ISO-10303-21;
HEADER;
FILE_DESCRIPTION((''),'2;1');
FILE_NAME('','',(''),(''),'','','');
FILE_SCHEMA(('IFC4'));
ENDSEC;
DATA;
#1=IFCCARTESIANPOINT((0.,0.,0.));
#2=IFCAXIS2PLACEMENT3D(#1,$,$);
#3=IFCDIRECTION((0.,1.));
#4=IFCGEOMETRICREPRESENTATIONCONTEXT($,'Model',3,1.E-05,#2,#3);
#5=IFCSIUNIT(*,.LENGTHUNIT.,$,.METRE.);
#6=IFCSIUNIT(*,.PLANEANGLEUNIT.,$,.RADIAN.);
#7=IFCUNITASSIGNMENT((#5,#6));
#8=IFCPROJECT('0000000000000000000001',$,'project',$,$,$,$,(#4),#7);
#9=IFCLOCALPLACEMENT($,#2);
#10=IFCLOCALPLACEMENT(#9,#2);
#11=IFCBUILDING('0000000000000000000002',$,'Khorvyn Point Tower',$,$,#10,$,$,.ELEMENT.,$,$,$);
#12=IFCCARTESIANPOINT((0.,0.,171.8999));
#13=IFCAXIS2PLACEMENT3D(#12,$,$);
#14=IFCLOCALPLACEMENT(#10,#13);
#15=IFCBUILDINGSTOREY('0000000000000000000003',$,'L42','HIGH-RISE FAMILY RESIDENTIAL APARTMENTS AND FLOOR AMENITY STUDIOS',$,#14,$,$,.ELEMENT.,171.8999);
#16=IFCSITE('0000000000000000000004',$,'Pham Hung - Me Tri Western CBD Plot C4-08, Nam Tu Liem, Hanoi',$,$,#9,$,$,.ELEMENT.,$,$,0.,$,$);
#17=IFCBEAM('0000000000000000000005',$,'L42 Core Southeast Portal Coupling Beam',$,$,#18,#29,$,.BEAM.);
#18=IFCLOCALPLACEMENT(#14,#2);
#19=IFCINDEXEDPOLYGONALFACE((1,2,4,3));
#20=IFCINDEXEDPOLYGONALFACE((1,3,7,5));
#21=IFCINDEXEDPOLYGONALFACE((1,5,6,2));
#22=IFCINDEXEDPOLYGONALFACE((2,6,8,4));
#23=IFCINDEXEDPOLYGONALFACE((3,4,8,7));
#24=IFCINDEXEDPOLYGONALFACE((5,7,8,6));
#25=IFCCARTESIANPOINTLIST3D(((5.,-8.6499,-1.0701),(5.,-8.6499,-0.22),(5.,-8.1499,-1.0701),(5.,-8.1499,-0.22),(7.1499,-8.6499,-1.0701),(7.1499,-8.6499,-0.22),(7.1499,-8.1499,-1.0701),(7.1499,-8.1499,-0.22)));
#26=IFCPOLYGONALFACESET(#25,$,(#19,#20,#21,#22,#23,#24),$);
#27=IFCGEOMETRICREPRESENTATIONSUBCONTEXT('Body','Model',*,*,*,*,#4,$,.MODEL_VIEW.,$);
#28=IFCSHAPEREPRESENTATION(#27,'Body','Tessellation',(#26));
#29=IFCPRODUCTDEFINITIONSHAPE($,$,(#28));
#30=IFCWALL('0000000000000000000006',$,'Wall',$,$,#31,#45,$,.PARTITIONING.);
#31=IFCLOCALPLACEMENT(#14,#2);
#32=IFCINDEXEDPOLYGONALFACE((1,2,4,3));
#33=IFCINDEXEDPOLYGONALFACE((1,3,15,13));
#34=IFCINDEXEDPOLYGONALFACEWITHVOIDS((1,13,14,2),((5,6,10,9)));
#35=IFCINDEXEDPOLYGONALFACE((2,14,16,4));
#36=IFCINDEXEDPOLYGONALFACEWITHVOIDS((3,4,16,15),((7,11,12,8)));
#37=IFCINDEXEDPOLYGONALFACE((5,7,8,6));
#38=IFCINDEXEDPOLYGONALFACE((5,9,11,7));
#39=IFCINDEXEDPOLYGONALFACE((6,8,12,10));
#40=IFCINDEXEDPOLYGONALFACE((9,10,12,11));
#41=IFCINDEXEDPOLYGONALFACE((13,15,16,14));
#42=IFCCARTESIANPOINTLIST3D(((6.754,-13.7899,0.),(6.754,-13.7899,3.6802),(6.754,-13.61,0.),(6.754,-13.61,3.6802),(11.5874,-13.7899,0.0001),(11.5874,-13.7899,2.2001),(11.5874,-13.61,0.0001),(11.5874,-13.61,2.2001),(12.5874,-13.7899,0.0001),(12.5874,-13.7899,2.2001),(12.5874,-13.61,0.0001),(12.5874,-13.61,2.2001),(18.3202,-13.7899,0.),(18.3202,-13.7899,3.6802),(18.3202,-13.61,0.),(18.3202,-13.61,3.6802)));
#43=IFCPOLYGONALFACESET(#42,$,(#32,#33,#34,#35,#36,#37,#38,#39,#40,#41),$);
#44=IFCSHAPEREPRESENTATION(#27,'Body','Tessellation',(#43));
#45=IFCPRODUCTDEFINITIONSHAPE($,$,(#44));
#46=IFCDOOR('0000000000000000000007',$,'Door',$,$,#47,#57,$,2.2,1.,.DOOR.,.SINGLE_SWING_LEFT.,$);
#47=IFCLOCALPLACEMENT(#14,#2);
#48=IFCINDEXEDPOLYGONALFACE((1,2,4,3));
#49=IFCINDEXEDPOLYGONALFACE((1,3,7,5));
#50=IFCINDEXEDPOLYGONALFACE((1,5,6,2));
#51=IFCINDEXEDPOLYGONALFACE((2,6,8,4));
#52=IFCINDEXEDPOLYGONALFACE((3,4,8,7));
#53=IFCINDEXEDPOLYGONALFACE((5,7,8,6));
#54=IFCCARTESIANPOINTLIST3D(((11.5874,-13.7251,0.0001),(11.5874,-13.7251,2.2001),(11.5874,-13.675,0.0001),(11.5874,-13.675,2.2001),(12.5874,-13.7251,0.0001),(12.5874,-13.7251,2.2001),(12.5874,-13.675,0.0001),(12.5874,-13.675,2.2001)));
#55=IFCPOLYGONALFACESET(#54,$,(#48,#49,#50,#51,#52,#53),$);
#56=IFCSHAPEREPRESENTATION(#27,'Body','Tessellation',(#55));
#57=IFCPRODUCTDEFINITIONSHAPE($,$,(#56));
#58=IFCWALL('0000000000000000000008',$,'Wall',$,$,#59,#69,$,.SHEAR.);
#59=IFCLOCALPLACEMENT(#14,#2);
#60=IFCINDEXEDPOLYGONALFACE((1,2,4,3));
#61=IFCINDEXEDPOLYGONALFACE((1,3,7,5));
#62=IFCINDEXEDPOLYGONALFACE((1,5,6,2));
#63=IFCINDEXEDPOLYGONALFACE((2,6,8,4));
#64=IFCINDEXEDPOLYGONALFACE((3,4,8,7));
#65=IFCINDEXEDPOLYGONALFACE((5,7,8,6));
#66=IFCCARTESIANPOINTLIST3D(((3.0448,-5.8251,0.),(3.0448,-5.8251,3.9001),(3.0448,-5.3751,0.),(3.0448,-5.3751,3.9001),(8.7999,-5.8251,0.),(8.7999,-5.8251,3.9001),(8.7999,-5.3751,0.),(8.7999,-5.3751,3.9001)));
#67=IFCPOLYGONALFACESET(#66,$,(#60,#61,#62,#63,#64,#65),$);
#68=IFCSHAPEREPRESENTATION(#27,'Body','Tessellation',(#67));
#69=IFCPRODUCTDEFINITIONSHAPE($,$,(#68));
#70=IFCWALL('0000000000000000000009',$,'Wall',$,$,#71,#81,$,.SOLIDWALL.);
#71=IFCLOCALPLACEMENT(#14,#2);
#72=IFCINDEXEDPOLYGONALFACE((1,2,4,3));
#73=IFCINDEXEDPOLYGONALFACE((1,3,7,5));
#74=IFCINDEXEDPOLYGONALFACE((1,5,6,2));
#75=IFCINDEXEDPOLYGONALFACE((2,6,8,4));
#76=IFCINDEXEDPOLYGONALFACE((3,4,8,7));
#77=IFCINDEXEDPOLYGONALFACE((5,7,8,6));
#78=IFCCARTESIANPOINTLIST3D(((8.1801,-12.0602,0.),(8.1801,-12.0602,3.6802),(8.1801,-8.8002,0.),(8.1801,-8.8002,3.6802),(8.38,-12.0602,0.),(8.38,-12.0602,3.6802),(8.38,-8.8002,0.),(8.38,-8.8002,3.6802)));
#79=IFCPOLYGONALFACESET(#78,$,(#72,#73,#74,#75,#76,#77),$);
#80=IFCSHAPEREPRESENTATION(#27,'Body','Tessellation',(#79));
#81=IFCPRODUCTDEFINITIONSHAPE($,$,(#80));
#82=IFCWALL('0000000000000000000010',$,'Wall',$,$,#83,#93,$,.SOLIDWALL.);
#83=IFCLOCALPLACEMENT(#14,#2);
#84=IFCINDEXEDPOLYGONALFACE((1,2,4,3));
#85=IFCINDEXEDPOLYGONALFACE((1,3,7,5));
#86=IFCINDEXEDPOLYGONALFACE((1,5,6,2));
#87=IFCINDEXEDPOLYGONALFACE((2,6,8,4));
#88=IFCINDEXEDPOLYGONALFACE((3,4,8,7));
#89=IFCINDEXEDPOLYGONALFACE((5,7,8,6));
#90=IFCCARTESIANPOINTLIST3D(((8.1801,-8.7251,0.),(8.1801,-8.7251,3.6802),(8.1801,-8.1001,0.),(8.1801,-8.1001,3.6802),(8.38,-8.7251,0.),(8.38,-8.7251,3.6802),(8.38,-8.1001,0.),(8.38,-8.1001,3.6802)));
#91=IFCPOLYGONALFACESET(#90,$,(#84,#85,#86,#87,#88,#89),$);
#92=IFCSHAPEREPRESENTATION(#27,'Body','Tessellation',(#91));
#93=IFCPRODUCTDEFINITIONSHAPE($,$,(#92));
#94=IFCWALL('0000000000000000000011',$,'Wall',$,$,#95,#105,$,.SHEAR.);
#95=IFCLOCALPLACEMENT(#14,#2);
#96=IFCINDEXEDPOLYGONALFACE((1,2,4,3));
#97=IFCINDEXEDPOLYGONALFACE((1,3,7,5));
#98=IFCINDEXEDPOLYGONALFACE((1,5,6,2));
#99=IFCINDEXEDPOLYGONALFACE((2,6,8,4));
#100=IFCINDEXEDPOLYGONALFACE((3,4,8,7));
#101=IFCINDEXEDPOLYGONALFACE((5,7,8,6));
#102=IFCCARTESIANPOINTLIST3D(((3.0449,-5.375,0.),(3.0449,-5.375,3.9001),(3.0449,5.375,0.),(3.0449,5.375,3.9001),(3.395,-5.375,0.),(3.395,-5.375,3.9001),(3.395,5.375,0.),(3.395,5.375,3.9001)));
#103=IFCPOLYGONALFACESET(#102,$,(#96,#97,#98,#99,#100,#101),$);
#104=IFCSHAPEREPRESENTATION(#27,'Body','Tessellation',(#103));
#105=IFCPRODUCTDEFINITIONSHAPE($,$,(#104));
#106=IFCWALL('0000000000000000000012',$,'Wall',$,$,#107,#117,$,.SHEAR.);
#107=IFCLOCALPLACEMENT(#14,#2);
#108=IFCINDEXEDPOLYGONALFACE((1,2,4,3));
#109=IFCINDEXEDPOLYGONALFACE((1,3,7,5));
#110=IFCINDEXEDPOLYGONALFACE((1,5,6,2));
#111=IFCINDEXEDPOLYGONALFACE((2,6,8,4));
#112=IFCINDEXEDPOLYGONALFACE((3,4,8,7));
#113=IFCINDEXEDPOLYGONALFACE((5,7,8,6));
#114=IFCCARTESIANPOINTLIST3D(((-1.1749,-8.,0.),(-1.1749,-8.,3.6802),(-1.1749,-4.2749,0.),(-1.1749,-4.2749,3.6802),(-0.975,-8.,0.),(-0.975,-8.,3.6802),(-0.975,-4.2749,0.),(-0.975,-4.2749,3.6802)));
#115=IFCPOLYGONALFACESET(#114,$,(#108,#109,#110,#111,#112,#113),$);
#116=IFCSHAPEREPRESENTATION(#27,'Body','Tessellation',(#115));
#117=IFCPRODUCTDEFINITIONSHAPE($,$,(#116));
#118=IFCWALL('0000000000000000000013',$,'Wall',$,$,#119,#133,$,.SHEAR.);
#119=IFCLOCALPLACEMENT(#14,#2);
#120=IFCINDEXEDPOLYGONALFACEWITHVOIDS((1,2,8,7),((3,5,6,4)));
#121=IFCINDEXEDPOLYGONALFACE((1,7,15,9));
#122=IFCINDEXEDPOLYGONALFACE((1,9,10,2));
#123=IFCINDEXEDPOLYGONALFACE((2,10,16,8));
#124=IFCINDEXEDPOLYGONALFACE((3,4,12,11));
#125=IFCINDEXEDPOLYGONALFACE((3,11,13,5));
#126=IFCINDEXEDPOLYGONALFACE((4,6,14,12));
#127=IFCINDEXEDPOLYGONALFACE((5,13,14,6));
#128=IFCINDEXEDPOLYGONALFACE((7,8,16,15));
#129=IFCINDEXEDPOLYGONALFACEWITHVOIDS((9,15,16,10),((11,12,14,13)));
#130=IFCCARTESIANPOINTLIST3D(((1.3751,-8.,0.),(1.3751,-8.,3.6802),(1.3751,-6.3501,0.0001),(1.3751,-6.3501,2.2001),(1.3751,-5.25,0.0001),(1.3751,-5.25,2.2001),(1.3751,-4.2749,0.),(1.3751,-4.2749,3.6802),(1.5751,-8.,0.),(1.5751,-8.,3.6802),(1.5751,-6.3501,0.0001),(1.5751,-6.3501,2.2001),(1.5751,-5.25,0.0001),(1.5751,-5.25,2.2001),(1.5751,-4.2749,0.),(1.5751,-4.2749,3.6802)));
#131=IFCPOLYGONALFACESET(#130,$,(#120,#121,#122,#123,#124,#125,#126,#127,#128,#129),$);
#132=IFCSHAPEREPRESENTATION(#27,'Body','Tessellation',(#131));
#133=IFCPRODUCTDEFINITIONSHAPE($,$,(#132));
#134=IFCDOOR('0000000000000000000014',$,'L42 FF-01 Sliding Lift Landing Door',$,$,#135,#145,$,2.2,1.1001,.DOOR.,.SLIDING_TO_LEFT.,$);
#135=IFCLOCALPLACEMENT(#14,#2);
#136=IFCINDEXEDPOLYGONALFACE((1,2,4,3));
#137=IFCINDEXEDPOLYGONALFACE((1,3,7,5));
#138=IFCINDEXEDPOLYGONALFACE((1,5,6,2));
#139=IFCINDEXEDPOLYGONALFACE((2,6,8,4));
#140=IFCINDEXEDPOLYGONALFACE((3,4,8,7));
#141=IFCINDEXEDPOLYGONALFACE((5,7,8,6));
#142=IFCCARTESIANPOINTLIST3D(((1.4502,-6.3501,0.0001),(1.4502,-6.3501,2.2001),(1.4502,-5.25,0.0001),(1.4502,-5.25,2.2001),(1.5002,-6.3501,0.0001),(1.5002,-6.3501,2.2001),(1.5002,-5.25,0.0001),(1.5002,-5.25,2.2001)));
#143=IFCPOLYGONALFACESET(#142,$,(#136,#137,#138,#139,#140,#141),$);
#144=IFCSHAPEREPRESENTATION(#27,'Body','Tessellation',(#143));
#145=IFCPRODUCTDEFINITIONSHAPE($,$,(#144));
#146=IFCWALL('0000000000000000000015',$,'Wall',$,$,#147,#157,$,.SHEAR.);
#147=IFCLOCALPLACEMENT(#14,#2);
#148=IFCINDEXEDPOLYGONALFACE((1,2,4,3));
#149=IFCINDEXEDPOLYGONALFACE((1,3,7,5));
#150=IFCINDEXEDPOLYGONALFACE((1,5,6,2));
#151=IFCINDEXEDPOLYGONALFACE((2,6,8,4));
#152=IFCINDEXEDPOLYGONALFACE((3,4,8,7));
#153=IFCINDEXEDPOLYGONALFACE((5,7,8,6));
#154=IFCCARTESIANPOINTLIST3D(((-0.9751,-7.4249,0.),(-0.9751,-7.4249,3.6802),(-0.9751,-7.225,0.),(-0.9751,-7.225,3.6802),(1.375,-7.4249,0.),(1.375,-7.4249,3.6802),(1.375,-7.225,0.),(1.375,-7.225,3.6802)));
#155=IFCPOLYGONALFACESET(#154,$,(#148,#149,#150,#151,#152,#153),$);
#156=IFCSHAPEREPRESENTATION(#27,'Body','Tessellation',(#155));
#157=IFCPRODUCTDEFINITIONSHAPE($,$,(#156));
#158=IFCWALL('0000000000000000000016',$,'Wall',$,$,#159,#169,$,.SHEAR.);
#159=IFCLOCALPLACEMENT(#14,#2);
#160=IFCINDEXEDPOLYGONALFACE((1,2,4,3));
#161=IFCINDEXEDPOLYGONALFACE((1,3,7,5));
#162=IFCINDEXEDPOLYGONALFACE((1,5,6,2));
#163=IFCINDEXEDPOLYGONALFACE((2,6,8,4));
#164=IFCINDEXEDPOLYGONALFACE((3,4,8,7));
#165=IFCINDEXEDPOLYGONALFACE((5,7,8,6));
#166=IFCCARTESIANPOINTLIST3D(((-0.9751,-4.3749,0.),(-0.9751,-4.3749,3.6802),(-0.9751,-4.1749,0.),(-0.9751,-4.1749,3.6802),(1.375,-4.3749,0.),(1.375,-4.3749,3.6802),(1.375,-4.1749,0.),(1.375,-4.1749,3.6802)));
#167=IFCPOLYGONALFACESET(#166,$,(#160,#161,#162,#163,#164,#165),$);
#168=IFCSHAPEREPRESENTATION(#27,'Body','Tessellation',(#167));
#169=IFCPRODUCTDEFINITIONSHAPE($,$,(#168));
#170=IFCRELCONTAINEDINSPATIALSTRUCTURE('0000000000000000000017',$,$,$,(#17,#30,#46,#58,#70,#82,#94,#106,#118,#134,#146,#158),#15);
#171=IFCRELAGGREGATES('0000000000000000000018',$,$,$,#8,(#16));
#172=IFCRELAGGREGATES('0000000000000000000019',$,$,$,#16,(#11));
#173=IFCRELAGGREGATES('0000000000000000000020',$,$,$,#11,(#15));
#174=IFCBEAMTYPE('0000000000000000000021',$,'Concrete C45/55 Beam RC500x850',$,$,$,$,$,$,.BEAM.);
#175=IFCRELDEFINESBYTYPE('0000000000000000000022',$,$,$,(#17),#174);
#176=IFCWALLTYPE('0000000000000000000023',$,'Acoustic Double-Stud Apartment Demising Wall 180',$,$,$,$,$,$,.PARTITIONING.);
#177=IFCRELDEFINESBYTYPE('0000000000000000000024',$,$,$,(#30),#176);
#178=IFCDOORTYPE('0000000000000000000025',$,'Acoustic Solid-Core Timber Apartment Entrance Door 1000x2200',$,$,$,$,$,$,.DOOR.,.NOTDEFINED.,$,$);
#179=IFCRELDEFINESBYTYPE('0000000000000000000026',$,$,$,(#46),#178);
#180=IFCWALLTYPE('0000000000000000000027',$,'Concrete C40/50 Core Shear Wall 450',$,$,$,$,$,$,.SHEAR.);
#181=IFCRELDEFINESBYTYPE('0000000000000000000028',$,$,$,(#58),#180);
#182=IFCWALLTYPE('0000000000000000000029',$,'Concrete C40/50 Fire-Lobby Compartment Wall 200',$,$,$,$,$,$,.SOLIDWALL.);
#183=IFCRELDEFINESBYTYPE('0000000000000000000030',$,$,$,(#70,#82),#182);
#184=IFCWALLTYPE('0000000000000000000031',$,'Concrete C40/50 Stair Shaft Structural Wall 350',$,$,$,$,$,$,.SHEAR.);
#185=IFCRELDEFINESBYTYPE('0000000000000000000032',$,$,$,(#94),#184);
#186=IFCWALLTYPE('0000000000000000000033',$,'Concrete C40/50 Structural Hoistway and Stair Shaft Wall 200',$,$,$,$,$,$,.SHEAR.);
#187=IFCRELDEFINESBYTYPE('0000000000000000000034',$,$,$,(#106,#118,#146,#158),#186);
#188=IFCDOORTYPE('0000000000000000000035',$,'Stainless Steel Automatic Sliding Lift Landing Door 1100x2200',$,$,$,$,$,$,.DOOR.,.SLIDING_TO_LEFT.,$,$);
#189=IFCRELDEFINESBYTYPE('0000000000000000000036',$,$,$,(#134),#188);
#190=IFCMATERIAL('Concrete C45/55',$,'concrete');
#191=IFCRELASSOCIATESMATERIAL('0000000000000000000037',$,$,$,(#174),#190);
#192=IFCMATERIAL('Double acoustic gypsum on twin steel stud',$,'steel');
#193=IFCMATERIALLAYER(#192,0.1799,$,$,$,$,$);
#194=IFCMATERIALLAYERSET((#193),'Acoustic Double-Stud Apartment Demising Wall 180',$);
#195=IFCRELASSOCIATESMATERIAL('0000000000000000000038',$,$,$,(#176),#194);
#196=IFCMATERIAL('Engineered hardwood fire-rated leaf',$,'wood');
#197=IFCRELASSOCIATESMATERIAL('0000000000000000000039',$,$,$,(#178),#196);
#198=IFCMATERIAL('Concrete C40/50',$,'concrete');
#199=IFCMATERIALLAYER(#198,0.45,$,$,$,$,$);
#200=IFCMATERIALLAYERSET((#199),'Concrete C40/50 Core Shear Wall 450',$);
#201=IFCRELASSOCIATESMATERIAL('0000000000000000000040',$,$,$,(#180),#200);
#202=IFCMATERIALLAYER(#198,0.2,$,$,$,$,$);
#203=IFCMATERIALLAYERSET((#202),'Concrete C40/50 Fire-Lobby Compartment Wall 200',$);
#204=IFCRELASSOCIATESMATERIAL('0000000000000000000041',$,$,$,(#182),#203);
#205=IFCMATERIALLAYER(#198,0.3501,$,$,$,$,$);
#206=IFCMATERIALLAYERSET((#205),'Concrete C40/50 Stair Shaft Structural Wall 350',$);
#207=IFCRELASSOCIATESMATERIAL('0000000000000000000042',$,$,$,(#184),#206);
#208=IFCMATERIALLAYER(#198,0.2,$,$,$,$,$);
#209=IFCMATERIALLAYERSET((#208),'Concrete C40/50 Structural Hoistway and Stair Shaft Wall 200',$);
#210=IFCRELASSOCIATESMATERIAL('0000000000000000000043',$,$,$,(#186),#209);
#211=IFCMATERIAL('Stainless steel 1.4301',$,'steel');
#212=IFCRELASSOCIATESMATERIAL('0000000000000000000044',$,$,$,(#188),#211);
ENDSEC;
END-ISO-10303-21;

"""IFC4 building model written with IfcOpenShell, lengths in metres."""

from ifc_helpers import new_model, si_unit, direction, frame, frame_2d, origin, origin_2d, place, context, subcontext, project, spatial, rectangle, extrude, material, layer, layer_set, material_profile, profile_set, type_object, element, fill, save


model = new_model("IFC4")

# Units and contexts
model_context = context("Model", 3, precision=1e-05, world=origin(), true_north=direction((0.0, 1.0)))
body_context = subcontext(model_context, "Body", "Model", "MODEL_VIEW")
ifc_project = project(units=[si_unit("LENGTHUNIT", "METRE"), si_unit("PLANEANGLEUNIT", "RADIAN")], contexts=[model_context])

# Site, building, storey
site_placement = place(None, origin())
site = spatial("IfcSite", under=ifc_project, at=site_placement, Name="Pham Hung - Me Tri Western CBD Plot C4-08, Nam Tu Liem, Hanoi", CompositionType="ELEMENT", RefElevation=0.0)
building_placement = place(site_placement, origin())
building = spatial("IfcBuilding", under=site, at=building_placement, Name="Khorvyn Point Tower", CompositionType="ELEMENT")
storey_placement = place(building_placement, frame((0.0, 0.0, 171.8999)))
storey = spatial("IfcBuildingStorey", under=building, at=storey_placement, Name="L42", Description="HIGH-RISE FAMILY RESIDENTIAL APARTMENTS AND FLOOR AMENITY STUDIOS", CompositionType="ELEMENT", Elevation=171.8999)

# Beam
ifc_material_1 = material(Name="Concrete C45/55", Category="concrete")
ifc_material_profile = material_profile(ifc_material_1, rectangle(XDim=0.5, YDim=0.8501, at=origin_2d()))
ifc_profile_set = profile_set([ifc_material_profile], Name="Concrete C45/55 RC500x850")
beam_type = type_object("IfcBeamType", Name="Concrete C45/55 Beam RC500x850", PredefinedType="BEAM", material=ifc_profile_set)
beam_placement = place(storey_placement, frame((5.0, -8.3999, -0.645), z_axis=(1.0, 0.0, 0.0), x_axis=(0.0, 1.0, 0.0)))
element("IfcBeam", 1, at=beam_placement, inside=storey, type_object=beam_type, Name="L42 Core Southeast Portal Coupling Beam", PredefinedType="BEAM", context=body_context, shape_type="SweptSolid", body=[
    extrude(rectangle(XDim=0.5, YDim=0.8501, at=origin_2d()), origin(), (0.0, 0.0, 1.0), 2.1499),
])

# Wall, opening, door
ifc_material_2 = material(Name="Double acoustic gypsum on twin steel stud", Category="steel")
ifc_layer_1 = layer(ifc_material_2, 0.1799)
ifc_layer_set_1 = layer_set([ifc_layer_1], Name="Acoustic Double-Stud Apartment Demising Wall 180")
wall_type_1 = type_object("IfcWallType", Name="Acoustic Double-Stud Apartment Demising Wall 180", PredefinedType="PARTITIONING", material=ifc_layer_set_1)
wall_1_placement = place(storey_placement, frame((6.7539, -13.7, 0.0), z_axis=(0.0, 0.0, 1.0), x_axis=(1.0, 0.0, 0.0)))
wall_1 = element("IfcWall", 2, at=wall_1_placement, inside=storey, type_object=wall_type_1, Name="Wall", PredefinedType="PARTITIONING", context=body_context, shape_type="SweptSolid", body=[
    extrude(rectangle(XDim=11.5662, YDim=0.1799, at=frame_2d((5.7832, 0.0))), origin(), (0.0, 0.0, 1.0), 3.6802),
])
opening_1_placement = place(wall_1_placement, frame((4.8335, 0.0, 0.0)))
opening_1 = element("IfcOpeningElement", 3, at=opening_1_placement, cuts=wall_1, PredefinedType="OPENING", context=body_context, shape_type="SweptSolid", body=[
    extrude(rectangle(XDim=1.0, YDim=2.2, at=frame_2d((0.5, 1.1001))), frame((0.0, 0.0999, 0.0), z_axis=(0.0, -1.0, 0.0), x_axis=(1.0, 0.0, 0.0)), (0.0, 0.0, 1.0), 0.2),
])
ifc_material_3 = material(Name="Engineered hardwood fire-rated leaf", Category="wood")
door_type_1 = type_object("IfcDoorType", Name="Acoustic Solid-Core Timber Apartment Entrance Door 1000x2200", OperationType="NOTDEFINED", PredefinedType="DOOR", material=ifc_material_3)
door_1_placement = place(opening_1_placement, origin())
door_1 = element("IfcDoor", 4, at=door_1_placement, inside=storey, type_object=door_type_1, Name="Door", OperationType="SINGLE_SWING_LEFT", OverallHeight=2.2, OverallWidth=1.0, PredefinedType="DOOR", context=body_context, shape_type="SweptSolid", body=[
    extrude(rectangle(XDim=1.0, YDim=2.2, at=frame_2d((0.5, 1.1001))), frame((0.0, 0.0249, 0.0), z_axis=(0.0, -1.0, 0.0), x_axis=(1.0, 0.0, 0.0)), (0.0, 0.0, 1.0), 0.05),
])
fill(opening_1, door_1)

# Wall
ifc_material_4 = material(Name="Concrete C40/50", Category="concrete")
ifc_layer_2 = layer(ifc_material_4, 0.45)
ifc_layer_set_2 = layer_set([ifc_layer_2], Name="Concrete C40/50 Core Shear Wall 450")
wall_type_2 = type_object("IfcWallType", Name="Concrete C40/50 Core Shear Wall 450", PredefinedType="SHEAR", material=ifc_layer_set_2)
wall_2_placement = place(storey_placement, frame((3.0449, -5.6001, 0.0), z_axis=(0.0, 0.0, 1.0), x_axis=(1.0, 0.0, 0.0)))
element("IfcWall", 5, at=wall_2_placement, inside=storey, type_object=wall_type_2, Name="Wall", PredefinedType="SHEAR", context=body_context, shape_type="SweptSolid", body=[
    extrude(rectangle(XDim=5.7551, YDim=0.45, at=frame_2d((2.8774, 0.0))), origin(), (0.0, 0.0, 1.0), 3.9001),
])

# Shared definitions
ifc_layer_3 = layer(ifc_material_4, 0.2)
ifc_layer_set_3 = layer_set([ifc_layer_3], Name="Concrete C40/50 Fire-Lobby Compartment Wall 200")
wall_type_3 = type_object("IfcWallType", Name="Concrete C40/50 Fire-Lobby Compartment Wall 200", PredefinedType="SOLIDWALL", material=ifc_layer_set_3)

# Walls
wall_3_placement = place(storey_placement, frame((8.28, -12.0601, 0.0), z_axis=(0.0, 0.0, 1.0), x_axis=(0.0, 1.0, 0.0)))
element("IfcWall", 6, at=wall_3_placement, inside=storey, type_object=wall_type_3, Name="Wall", PredefinedType="SOLIDWALL", context=body_context, shape_type="SweptSolid", body=[
    extrude(rectangle(XDim=3.26, YDim=0.2, at=frame_2d((1.6299, 0.0))), origin(), (0.0, 0.0, 1.0), 3.6802),
])
wall_4_placement = place(storey_placement, frame((8.28, -8.7251, 0.0), z_axis=(0.0, 0.0, 1.0), x_axis=(0.0, 1.0, 0.0)))
element("IfcWall", 7, at=wall_4_placement, inside=storey, type_object=wall_type_3, Name="Wall", PredefinedType="SOLIDWALL", context=body_context, shape_type="SweptSolid", body=[
    extrude(rectangle(XDim=0.625, YDim=0.2, at=frame_2d((0.3125, 0.0))), origin(), (0.0, 0.0, 1.0), 3.6802),
])
ifc_layer_4 = layer(ifc_material_4, 0.3501)
ifc_layer_set_4 = layer_set([ifc_layer_4], Name="Concrete C40/50 Stair Shaft Structural Wall 350")
wall_type_4 = type_object("IfcWallType", Name="Concrete C40/50 Stair Shaft Structural Wall 350", PredefinedType="SHEAR", material=ifc_layer_set_4)
wall_5_placement = place(storey_placement, frame((3.22, -5.375, 0.0), z_axis=(0.0, 0.0, 1.0), x_axis=(0.0, 1.0, 0.0)))
element("IfcWall", 8, at=wall_5_placement, inside=storey, type_object=wall_type_4, Name="Wall", PredefinedType="SHEAR", context=body_context, shape_type="SweptSolid", body=[
    extrude(rectangle(XDim=10.75, YDim=0.3501, at=frame_2d((5.375, 0.0))), origin(), (0.0, 0.0, 1.0), 3.9001),
])

# Wall
ifc_layer_5 = layer(ifc_material_4, 0.2)
ifc_layer_set_5 = layer_set([ifc_layer_5], Name="Concrete C40/50 Structural Hoistway and Stair Shaft Wall 200")
wall_type_5 = type_object("IfcWallType", Name="Concrete C40/50 Structural Hoistway and Stair Shaft Wall 200", PredefinedType="SHEAR", material=ifc_layer_set_5)
wall_6_placement = place(storey_placement, frame((-1.075, -8.0, 0.0), z_axis=(0.0, 0.0, 1.0), x_axis=(0.0, 1.0, 0.0)))
element("IfcWall", 9, at=wall_6_placement, inside=storey, type_object=wall_type_5, Name="Wall", PredefinedType="SHEAR", context=body_context, shape_type="SweptSolid", body=[
    extrude(rectangle(XDim=3.7251, YDim=0.2, at=frame_2d((1.8625, 0.0))), origin(), (0.0, 0.0, 1.0), 3.6802),
])

# Wall, opening, door
wall_7_placement = place(storey_placement, frame((1.4751, -8.0, 0.0), z_axis=(0.0, 0.0, 1.0), x_axis=(0.0, 1.0, 0.0)))
wall_7 = element("IfcWall", 10, at=wall_7_placement, inside=storey, type_object=wall_type_5, Name="Wall", PredefinedType="SHEAR", context=body_context, shape_type="SweptSolid", body=[
    extrude(rectangle(XDim=3.7251, YDim=0.2, at=frame_2d((1.8625, 0.0))), origin(), (0.0, 0.0, 1.0), 3.6802),
])
opening_2_placement = place(wall_7_placement, frame((1.6499, 0.0, 0.0)))
opening_2 = element("IfcOpeningElement", 11, at=opening_2_placement, cuts=wall_7, PredefinedType="OPENING", context=body_context, shape_type="SweptSolid", body=[
    extrude(rectangle(XDim=1.1001, YDim=2.2, at=frame_2d((0.55, 1.1001))), frame((0.0, 0.1099, 0.0), z_axis=(0.0, -1.0, 0.0), x_axis=(1.0, 0.0, 0.0)), (0.0, 0.0, 1.0), 0.22),
])
ifc_material_5 = material(Name="Stainless steel 1.4301", Category="steel")
door_type_2 = type_object("IfcDoorType", Name="Stainless Steel Automatic Sliding Lift Landing Door 1100x2200", OperationType="SLIDING_TO_LEFT", PredefinedType="DOOR", material=ifc_material_5)
door_2_placement = place(opening_2_placement, origin())
door_2 = element("IfcDoor", 12, at=door_2_placement, inside=storey, type_object=door_type_2, Name="L42 FF-01 Sliding Lift Landing Door", OperationType="SLIDING_TO_LEFT", OverallHeight=2.2, OverallWidth=1.1001, PredefinedType="DOOR", context=body_context, shape_type="SweptSolid", body=[
    extrude(rectangle(XDim=1.1001, YDim=2.2, at=frame_2d((0.55, 1.1001))), frame((0.0, 0.0249, 0.0), z_axis=(0.0, -1.0, 0.0), x_axis=(1.0, 0.0, 0.0)), (0.0, 0.0, 1.0), 0.05),
])
fill(opening_2, door_2)

# Walls
for number, where, z_axis, x_axis, name in (
    (13, (-0.9751, -7.325, 0.0), (0.0, 0.0, 1.0), (1.0, 0.0, 0.0), "Wall"),
    (14, (-0.9751, -4.2749, 0.0), (0.0, 0.0, 1.0), (1.0, 0.0, 0.0), "Wall"),
):
    element("IfcWall", number, at=place(storey_placement, frame(where, z_axis=z_axis, x_axis=x_axis)), inside=storey, type_object=wall_type_5, Name=name, PredefinedType="SHEAR", context=body_context, shape_type="SweptSolid", body=[
        extrude(rectangle(XDim=2.3501, YDim=0.2, at=frame_2d((1.175, 0.0))), origin(), (0.0, 0.0, 1.0), 3.6802),
    ])

save(model, "model.ifc")
